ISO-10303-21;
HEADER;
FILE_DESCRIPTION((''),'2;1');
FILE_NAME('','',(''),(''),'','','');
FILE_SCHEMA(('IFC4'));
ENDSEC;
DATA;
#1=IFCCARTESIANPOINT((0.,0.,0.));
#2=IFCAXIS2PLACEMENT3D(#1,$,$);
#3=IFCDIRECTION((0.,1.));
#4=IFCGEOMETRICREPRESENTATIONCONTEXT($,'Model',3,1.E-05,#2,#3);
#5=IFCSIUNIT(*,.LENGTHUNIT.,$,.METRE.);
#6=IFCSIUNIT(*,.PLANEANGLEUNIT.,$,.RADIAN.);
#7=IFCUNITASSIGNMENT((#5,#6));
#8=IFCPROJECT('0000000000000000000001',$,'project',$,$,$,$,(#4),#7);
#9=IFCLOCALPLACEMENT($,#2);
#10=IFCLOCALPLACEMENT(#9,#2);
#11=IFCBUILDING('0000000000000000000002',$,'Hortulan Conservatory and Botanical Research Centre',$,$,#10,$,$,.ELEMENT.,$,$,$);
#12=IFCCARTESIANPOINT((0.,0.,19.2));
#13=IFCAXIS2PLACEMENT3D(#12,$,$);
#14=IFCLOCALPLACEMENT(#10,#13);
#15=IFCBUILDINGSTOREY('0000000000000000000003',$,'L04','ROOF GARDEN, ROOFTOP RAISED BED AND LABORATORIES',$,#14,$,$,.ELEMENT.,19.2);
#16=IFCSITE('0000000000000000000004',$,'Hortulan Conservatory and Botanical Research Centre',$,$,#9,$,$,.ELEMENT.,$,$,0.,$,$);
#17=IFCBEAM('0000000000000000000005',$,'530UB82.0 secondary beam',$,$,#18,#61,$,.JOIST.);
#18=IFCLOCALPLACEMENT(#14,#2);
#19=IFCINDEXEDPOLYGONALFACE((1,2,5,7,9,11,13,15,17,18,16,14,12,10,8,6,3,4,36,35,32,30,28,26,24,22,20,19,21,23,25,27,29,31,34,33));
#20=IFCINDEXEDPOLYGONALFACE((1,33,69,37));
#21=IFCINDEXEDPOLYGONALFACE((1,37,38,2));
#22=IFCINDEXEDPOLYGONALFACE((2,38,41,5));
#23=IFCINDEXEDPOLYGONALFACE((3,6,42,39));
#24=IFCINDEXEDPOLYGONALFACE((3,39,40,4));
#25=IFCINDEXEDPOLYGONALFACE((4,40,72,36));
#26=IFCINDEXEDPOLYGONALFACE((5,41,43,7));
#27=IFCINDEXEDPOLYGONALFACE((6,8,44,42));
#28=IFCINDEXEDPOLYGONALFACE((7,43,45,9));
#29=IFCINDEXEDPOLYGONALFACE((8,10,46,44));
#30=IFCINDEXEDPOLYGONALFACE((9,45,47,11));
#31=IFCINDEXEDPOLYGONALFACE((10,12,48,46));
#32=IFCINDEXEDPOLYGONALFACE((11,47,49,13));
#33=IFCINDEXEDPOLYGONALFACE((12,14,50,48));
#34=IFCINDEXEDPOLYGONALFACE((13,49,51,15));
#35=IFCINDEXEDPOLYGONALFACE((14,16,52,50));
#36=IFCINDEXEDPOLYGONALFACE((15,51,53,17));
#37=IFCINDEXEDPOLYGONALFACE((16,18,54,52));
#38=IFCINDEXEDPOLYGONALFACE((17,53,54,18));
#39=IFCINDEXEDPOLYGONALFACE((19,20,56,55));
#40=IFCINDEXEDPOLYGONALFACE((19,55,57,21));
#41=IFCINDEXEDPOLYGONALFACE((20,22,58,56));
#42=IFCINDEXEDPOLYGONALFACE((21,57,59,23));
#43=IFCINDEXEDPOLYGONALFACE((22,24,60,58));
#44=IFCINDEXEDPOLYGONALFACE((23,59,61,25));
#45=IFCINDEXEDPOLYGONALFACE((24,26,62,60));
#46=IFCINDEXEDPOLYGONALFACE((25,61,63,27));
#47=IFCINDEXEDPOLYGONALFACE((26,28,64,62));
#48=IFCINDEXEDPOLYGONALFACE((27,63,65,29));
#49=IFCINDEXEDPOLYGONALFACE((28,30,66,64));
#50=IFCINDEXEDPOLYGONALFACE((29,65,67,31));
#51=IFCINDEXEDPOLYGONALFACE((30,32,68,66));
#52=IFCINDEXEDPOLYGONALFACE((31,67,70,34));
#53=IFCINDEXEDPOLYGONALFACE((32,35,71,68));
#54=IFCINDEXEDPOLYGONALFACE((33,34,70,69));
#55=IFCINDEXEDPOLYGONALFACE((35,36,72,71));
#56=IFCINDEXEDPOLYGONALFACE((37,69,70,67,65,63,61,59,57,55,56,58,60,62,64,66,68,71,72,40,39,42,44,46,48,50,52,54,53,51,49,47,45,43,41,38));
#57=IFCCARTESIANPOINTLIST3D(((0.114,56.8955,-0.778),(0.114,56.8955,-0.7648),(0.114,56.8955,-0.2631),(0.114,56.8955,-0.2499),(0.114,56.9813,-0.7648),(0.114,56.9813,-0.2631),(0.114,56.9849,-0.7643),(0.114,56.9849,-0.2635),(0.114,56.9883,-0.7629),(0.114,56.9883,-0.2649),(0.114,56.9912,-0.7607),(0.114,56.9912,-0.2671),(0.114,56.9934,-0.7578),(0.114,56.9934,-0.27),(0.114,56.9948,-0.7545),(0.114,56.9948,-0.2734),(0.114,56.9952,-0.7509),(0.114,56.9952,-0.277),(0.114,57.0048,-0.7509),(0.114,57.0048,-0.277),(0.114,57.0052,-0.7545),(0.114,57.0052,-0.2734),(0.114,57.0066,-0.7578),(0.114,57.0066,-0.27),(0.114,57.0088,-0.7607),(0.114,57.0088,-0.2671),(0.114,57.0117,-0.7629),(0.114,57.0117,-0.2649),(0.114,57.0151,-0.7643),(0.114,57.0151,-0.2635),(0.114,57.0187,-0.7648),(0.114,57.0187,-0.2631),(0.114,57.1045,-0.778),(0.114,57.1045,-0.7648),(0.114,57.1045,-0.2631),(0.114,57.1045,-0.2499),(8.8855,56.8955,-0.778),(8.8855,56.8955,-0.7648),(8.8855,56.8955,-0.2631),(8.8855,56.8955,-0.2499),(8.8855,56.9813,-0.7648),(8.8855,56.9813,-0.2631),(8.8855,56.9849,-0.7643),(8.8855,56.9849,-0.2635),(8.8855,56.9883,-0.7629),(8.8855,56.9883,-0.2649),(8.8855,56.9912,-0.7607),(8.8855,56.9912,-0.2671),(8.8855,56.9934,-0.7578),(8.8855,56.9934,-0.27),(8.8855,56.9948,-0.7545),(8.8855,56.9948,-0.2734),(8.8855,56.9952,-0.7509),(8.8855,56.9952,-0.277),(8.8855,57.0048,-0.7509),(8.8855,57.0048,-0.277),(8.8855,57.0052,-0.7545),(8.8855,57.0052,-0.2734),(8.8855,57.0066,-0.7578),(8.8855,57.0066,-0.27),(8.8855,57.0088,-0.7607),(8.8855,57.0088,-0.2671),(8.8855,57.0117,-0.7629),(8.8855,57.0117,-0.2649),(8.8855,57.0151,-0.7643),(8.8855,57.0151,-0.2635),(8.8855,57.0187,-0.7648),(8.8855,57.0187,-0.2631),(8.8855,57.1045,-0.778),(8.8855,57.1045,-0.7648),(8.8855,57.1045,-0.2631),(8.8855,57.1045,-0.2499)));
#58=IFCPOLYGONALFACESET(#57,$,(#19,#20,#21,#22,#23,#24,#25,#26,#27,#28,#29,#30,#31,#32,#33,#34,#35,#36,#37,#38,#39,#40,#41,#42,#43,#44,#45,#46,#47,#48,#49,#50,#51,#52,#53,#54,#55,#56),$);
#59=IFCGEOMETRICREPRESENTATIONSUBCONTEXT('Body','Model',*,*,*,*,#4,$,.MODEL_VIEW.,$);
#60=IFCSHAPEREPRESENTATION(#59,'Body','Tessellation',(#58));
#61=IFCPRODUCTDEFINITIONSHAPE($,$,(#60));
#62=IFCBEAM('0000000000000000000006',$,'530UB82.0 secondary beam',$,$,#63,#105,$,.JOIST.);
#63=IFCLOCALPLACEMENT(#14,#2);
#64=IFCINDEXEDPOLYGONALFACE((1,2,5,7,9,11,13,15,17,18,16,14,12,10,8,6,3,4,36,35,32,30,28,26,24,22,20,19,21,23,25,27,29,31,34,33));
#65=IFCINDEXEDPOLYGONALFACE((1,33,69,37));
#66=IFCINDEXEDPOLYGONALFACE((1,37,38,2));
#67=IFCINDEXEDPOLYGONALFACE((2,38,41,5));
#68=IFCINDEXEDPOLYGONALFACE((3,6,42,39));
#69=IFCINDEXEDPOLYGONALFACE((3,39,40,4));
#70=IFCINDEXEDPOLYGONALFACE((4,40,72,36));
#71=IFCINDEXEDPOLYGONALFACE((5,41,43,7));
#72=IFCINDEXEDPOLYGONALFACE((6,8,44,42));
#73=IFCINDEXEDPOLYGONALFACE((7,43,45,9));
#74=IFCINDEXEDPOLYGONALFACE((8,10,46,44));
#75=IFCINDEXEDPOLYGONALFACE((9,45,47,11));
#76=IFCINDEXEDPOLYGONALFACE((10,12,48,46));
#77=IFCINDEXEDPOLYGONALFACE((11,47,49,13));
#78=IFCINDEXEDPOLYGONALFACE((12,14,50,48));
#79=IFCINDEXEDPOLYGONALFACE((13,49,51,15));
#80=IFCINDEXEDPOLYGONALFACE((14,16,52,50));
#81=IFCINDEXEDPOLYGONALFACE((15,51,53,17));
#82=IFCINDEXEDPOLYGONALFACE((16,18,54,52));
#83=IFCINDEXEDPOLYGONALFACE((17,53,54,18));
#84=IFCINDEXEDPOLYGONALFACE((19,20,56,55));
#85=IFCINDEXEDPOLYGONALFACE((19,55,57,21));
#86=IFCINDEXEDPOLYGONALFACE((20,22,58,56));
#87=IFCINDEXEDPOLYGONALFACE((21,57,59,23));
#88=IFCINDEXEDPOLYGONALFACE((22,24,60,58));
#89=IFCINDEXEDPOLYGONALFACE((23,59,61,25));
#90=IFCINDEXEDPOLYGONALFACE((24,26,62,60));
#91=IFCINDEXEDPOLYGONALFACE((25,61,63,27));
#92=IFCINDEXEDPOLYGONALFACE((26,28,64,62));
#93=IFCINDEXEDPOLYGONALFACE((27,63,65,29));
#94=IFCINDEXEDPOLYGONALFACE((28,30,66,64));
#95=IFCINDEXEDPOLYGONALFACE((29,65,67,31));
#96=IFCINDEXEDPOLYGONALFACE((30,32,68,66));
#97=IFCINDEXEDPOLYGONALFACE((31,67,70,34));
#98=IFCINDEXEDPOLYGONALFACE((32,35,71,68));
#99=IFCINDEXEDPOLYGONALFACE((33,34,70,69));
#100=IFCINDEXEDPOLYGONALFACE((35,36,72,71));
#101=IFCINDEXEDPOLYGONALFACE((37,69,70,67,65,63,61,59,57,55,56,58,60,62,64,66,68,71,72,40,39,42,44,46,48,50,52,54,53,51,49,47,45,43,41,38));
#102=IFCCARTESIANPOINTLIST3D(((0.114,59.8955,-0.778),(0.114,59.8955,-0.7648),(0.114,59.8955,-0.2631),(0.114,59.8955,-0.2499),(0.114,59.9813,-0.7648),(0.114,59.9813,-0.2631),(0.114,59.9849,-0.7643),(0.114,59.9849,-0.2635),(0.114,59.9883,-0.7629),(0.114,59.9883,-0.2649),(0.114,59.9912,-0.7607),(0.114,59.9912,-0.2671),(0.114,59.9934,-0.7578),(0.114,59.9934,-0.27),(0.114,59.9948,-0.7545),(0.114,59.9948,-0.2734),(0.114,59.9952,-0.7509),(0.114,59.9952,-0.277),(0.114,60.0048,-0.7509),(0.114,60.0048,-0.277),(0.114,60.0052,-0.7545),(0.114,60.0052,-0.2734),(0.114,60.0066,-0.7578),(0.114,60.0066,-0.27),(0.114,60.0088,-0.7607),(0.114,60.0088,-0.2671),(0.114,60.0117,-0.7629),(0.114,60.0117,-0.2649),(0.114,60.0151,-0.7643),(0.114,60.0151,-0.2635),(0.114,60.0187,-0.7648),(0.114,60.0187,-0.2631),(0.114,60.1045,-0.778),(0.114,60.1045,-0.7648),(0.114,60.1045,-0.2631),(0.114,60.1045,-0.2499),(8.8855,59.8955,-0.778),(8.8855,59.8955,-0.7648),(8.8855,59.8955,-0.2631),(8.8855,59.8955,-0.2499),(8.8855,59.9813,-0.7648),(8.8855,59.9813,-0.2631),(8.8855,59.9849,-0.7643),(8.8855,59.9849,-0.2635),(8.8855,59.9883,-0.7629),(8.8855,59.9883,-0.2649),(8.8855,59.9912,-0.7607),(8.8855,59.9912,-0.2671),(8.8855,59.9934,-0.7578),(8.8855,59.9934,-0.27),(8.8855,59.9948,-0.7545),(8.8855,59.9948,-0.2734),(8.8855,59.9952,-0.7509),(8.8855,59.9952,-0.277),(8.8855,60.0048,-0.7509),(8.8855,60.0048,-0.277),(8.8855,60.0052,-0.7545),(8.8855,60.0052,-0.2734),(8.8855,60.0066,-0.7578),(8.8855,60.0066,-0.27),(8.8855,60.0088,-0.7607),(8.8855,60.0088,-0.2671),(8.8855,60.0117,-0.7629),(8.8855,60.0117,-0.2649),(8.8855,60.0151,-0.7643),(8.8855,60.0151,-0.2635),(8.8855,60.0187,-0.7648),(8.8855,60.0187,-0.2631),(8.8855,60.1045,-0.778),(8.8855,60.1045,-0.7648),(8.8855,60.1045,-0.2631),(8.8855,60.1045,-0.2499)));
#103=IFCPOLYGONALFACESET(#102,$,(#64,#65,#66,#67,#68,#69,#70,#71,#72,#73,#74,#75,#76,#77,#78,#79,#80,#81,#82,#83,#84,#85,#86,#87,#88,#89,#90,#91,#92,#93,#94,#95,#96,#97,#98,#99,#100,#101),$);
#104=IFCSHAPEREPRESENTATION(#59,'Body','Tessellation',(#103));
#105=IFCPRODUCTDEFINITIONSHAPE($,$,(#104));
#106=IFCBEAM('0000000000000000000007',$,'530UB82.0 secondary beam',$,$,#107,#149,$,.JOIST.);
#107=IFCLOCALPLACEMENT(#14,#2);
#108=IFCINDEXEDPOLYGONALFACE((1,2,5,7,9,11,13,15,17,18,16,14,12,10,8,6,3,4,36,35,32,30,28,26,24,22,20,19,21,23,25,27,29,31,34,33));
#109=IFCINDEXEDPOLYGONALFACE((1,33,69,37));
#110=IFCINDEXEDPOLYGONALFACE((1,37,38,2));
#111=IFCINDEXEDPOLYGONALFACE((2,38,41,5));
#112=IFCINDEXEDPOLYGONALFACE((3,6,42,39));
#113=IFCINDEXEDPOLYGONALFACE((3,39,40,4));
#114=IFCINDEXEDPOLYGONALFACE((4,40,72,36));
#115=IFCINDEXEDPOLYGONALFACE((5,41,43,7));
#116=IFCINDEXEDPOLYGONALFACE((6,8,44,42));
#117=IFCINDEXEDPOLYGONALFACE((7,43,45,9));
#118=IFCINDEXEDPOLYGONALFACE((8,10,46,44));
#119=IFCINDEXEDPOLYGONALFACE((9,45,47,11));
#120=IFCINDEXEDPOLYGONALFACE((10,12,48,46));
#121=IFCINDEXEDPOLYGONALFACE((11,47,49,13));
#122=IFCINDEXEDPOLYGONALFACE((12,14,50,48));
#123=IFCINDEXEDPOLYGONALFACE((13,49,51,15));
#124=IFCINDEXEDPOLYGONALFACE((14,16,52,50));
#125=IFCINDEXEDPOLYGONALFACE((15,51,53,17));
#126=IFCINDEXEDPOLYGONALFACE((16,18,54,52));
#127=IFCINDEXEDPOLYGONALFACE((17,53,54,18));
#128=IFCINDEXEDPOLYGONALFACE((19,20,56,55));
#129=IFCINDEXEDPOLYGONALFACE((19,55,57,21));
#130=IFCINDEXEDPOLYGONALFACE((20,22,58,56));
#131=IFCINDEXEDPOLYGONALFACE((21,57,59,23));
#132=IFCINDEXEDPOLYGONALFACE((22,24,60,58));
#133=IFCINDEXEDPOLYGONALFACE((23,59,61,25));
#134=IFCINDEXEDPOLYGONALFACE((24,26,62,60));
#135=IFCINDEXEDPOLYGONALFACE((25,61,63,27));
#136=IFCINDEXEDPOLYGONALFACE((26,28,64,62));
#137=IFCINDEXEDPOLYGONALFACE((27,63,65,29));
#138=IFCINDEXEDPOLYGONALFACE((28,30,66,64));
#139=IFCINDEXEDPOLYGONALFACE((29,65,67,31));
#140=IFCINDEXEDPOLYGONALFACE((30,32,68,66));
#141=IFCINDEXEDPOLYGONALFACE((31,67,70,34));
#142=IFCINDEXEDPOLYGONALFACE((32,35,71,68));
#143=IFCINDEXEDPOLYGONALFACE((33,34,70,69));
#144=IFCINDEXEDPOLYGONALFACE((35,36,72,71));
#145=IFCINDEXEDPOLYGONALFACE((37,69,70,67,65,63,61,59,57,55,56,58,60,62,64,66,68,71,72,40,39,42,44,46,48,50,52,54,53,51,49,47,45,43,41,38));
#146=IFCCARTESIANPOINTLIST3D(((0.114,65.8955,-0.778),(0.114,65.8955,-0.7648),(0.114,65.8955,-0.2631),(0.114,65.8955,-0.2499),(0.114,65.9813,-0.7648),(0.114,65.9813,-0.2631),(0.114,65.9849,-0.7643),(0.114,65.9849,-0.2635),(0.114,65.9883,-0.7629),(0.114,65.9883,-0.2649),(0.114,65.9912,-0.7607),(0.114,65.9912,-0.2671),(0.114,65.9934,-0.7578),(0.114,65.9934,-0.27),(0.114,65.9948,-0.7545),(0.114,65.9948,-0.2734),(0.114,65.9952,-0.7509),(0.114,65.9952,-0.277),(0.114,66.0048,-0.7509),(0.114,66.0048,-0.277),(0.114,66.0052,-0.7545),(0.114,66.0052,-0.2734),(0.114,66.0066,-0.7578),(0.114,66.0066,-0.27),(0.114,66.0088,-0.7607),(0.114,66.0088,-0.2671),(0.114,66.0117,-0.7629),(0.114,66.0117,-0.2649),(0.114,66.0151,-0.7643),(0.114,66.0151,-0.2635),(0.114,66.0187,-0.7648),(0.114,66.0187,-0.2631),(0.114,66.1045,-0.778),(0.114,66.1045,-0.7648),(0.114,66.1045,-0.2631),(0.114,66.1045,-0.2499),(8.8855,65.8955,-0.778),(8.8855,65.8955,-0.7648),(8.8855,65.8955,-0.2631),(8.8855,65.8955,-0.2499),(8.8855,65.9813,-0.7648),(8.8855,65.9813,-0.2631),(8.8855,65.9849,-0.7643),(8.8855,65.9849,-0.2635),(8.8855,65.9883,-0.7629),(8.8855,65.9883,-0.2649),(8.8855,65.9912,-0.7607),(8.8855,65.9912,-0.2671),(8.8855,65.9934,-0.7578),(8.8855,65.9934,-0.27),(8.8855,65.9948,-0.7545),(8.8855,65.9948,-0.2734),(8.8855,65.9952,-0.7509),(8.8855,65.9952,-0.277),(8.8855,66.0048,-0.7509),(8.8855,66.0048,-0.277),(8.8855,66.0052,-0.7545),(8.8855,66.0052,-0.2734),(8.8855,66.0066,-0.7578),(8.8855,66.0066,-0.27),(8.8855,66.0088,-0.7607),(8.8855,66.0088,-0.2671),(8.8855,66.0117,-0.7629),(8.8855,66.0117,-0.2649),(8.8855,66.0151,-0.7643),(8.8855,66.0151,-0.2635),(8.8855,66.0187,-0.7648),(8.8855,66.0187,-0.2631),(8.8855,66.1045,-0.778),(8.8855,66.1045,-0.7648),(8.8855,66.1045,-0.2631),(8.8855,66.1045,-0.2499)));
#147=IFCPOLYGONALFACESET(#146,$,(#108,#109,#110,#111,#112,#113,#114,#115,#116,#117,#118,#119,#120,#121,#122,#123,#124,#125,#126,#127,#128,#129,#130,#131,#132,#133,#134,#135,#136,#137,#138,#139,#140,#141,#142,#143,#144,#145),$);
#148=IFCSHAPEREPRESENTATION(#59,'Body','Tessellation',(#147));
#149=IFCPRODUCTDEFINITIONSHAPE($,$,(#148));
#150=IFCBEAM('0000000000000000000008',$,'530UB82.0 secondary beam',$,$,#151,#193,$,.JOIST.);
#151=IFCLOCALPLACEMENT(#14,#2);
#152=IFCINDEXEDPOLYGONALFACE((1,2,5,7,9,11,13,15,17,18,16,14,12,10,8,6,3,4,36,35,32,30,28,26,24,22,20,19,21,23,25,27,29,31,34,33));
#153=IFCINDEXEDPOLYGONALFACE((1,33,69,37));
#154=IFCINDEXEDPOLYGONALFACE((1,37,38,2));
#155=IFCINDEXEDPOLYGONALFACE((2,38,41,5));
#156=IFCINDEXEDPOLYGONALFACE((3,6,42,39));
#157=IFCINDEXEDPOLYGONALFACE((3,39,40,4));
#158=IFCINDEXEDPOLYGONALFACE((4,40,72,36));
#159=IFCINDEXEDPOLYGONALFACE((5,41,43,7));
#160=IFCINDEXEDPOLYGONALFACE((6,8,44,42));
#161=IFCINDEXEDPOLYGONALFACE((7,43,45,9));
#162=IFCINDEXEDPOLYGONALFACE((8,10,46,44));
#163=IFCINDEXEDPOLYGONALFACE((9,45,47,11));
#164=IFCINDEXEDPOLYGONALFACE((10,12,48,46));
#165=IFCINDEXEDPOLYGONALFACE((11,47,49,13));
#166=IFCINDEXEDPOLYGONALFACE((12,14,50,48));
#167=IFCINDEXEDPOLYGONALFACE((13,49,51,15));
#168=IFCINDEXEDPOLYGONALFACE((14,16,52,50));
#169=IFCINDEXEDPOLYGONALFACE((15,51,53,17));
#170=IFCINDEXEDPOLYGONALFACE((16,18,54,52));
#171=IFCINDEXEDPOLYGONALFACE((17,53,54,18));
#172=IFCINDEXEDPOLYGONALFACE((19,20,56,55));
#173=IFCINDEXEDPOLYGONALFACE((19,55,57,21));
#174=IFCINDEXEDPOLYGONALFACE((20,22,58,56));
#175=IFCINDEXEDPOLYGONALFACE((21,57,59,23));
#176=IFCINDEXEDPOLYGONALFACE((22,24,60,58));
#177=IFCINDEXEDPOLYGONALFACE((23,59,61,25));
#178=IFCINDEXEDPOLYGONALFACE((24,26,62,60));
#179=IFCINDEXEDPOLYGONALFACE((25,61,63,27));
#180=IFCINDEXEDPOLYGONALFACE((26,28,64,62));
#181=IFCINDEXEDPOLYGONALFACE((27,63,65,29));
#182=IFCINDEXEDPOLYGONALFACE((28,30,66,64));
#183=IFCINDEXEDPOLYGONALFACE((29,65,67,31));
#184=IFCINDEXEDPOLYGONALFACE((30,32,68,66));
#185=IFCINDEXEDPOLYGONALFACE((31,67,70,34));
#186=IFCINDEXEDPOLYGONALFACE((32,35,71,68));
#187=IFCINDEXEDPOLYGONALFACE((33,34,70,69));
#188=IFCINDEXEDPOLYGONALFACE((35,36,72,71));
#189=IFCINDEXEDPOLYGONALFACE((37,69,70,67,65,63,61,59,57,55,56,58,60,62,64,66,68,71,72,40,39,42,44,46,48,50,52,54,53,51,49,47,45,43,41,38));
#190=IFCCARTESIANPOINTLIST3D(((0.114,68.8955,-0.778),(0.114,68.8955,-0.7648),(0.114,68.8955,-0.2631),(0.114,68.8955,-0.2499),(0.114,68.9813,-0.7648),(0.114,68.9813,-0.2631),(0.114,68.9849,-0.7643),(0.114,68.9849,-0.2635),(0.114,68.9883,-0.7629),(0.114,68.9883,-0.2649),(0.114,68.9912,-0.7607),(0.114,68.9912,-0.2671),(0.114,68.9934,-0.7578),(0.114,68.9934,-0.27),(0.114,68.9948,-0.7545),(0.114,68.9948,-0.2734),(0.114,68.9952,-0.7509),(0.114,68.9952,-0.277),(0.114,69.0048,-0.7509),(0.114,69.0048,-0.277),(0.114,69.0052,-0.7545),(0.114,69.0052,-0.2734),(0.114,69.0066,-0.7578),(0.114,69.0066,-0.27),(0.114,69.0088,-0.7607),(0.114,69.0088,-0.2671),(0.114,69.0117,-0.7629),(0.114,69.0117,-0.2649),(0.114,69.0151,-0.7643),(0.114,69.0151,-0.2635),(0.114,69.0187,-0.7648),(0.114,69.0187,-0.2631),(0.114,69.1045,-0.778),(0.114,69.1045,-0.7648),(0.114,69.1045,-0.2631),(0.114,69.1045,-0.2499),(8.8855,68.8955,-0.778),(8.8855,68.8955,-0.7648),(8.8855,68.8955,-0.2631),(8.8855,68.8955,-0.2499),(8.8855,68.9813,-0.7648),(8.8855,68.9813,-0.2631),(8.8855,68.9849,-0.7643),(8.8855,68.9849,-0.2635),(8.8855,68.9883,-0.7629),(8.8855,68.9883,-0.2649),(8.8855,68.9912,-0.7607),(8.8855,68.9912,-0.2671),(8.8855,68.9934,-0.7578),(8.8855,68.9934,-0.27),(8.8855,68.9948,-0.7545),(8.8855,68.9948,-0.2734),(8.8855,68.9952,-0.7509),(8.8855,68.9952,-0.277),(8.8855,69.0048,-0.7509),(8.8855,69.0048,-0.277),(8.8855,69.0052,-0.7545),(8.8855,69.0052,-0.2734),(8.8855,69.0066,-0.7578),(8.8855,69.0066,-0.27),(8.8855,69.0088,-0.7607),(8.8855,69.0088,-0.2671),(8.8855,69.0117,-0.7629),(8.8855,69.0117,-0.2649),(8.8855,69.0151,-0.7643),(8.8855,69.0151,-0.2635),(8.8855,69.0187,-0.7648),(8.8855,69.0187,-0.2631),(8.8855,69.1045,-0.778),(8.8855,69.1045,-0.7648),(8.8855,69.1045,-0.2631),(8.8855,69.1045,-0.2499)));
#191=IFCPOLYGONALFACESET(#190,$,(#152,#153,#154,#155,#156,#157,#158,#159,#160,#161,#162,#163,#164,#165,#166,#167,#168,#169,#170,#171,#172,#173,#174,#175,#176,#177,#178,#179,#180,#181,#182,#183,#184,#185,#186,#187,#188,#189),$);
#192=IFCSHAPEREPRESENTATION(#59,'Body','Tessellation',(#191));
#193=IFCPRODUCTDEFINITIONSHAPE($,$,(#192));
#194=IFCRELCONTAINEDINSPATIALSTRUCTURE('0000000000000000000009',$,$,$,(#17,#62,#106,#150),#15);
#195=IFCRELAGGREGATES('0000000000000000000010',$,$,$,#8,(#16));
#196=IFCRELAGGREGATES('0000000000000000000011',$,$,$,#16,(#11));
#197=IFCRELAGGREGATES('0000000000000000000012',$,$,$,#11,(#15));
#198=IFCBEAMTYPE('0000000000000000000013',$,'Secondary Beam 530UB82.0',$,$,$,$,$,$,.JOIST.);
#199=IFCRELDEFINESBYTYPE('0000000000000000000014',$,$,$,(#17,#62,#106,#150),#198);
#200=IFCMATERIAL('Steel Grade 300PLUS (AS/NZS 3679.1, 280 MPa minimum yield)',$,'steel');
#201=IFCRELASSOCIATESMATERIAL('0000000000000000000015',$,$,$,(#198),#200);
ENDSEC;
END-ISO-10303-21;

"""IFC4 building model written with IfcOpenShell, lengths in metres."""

from ifc_helpers import new_model, si_unit, direction, frame, origin, origin_2d, place, context, subcontext, project, spatial, i_section, extrude, material, material_profile, profile_set, type_object, element, save


model = new_model("IFC4")

# Units and contexts
model_context = context("Model", 3, precision=1e-05, world=origin(), true_north=direction((0.0, 1.0)))
body_context = subcontext(model_context, "Body", "Model", "MODEL_VIEW")
ifc_project = project(units=[si_unit("LENGTHUNIT", "METRE"), si_unit("PLANEANGLEUNIT", "RADIAN")], contexts=[model_context])

# Site, building, storey
site_placement = place(None, origin())
site = spatial("IfcSite", under=ifc_project, at=site_placement, Name="Hortulan Conservatory and Botanical Research Centre", CompositionType="ELEMENT", RefElevation=0.0)
building_placement = place(site_placement, origin())
building = spatial("IfcBuilding", under=site, at=building_placement, Name="Hortulan Conservatory and Botanical Research Centre", CompositionType="ELEMENT")
storey_placement = place(building_placement, frame((0.0, 0.0, 19.2)))
storey = spatial("IfcBuildingStorey", under=building, at=storey_placement, Name="L04", Description="ROOF GARDEN, ROOFTOP RAISED BED AND LABORATORIES", CompositionType="ELEMENT", Elevation=19.2)

# Beams
ifc_material_1 = material(Name="Steel Grade 300PLUS (AS/NZS 3679.1, 280 MPa minimum yield)", Category="steel")
ifc_material_profile_1 = material_profile(ifc_material_1, i_section(OverallWidth=0.209, OverallDepth=0.5281, WebThickness=0.0095, FlangeThickness=0.0132, FilletRadius=0.0139, at=origin_2d()), Name="530UB82.0")
ifc_profile_set_1 = profile_set([ifc_material_profile_1], Name="Steel Grade 300PLUS (AS/NZS 3679.1, 280 MPa minimum yield)")
beam_type_1 = type_object("IfcBeamType", Name="Secondary Beam 530UB82.0", PredefinedType="JOIST", material=ifc_profile_set_1)
for number, where, z_axis, x_axis, name in (
    (1, (0.114, 57.0, -0.5139), (1.0, 0.0, 0.0), (0.0, 1.0, 0.0), "530UB82.0 secondary beam"),
    (2, (0.114, 60.0, -0.5139), (1.0, 0.0, 0.0), (0.0, 1.0, 0.0), "530UB82.0 secondary beam"),
    (3, (0.114, 66.0, -0.5139), (1.0, 0.0, 0.0), (0.0, 1.0, 0.0), "530UB82.0 secondary beam"),
    (4, (0.114, 69.0, -0.5139), (1.0, 0.0, 0.0), (0.0, 1.0, 0.0), "530UB82.0 secondary beam"),
):
    element("IfcBeam", number, at=place(storey_placement, frame(where, z_axis=z_axis, x_axis=x_axis)), inside=storey, type_object=beam_type_1, Name=name, PredefinedType="JOIST", context=body_context, shape_type="SweptSolid", body=[
        extrude(i_section(OverallWidth=0.209, OverallDepth=0.5281, WebThickness=0.0095, FlangeThickness=0.0132, FilletRadius=0.0139, at=origin_2d()), origin(), (0.0, 0.0, 1.0), 8.7715),
    ])

save(model, "model.ifc")
